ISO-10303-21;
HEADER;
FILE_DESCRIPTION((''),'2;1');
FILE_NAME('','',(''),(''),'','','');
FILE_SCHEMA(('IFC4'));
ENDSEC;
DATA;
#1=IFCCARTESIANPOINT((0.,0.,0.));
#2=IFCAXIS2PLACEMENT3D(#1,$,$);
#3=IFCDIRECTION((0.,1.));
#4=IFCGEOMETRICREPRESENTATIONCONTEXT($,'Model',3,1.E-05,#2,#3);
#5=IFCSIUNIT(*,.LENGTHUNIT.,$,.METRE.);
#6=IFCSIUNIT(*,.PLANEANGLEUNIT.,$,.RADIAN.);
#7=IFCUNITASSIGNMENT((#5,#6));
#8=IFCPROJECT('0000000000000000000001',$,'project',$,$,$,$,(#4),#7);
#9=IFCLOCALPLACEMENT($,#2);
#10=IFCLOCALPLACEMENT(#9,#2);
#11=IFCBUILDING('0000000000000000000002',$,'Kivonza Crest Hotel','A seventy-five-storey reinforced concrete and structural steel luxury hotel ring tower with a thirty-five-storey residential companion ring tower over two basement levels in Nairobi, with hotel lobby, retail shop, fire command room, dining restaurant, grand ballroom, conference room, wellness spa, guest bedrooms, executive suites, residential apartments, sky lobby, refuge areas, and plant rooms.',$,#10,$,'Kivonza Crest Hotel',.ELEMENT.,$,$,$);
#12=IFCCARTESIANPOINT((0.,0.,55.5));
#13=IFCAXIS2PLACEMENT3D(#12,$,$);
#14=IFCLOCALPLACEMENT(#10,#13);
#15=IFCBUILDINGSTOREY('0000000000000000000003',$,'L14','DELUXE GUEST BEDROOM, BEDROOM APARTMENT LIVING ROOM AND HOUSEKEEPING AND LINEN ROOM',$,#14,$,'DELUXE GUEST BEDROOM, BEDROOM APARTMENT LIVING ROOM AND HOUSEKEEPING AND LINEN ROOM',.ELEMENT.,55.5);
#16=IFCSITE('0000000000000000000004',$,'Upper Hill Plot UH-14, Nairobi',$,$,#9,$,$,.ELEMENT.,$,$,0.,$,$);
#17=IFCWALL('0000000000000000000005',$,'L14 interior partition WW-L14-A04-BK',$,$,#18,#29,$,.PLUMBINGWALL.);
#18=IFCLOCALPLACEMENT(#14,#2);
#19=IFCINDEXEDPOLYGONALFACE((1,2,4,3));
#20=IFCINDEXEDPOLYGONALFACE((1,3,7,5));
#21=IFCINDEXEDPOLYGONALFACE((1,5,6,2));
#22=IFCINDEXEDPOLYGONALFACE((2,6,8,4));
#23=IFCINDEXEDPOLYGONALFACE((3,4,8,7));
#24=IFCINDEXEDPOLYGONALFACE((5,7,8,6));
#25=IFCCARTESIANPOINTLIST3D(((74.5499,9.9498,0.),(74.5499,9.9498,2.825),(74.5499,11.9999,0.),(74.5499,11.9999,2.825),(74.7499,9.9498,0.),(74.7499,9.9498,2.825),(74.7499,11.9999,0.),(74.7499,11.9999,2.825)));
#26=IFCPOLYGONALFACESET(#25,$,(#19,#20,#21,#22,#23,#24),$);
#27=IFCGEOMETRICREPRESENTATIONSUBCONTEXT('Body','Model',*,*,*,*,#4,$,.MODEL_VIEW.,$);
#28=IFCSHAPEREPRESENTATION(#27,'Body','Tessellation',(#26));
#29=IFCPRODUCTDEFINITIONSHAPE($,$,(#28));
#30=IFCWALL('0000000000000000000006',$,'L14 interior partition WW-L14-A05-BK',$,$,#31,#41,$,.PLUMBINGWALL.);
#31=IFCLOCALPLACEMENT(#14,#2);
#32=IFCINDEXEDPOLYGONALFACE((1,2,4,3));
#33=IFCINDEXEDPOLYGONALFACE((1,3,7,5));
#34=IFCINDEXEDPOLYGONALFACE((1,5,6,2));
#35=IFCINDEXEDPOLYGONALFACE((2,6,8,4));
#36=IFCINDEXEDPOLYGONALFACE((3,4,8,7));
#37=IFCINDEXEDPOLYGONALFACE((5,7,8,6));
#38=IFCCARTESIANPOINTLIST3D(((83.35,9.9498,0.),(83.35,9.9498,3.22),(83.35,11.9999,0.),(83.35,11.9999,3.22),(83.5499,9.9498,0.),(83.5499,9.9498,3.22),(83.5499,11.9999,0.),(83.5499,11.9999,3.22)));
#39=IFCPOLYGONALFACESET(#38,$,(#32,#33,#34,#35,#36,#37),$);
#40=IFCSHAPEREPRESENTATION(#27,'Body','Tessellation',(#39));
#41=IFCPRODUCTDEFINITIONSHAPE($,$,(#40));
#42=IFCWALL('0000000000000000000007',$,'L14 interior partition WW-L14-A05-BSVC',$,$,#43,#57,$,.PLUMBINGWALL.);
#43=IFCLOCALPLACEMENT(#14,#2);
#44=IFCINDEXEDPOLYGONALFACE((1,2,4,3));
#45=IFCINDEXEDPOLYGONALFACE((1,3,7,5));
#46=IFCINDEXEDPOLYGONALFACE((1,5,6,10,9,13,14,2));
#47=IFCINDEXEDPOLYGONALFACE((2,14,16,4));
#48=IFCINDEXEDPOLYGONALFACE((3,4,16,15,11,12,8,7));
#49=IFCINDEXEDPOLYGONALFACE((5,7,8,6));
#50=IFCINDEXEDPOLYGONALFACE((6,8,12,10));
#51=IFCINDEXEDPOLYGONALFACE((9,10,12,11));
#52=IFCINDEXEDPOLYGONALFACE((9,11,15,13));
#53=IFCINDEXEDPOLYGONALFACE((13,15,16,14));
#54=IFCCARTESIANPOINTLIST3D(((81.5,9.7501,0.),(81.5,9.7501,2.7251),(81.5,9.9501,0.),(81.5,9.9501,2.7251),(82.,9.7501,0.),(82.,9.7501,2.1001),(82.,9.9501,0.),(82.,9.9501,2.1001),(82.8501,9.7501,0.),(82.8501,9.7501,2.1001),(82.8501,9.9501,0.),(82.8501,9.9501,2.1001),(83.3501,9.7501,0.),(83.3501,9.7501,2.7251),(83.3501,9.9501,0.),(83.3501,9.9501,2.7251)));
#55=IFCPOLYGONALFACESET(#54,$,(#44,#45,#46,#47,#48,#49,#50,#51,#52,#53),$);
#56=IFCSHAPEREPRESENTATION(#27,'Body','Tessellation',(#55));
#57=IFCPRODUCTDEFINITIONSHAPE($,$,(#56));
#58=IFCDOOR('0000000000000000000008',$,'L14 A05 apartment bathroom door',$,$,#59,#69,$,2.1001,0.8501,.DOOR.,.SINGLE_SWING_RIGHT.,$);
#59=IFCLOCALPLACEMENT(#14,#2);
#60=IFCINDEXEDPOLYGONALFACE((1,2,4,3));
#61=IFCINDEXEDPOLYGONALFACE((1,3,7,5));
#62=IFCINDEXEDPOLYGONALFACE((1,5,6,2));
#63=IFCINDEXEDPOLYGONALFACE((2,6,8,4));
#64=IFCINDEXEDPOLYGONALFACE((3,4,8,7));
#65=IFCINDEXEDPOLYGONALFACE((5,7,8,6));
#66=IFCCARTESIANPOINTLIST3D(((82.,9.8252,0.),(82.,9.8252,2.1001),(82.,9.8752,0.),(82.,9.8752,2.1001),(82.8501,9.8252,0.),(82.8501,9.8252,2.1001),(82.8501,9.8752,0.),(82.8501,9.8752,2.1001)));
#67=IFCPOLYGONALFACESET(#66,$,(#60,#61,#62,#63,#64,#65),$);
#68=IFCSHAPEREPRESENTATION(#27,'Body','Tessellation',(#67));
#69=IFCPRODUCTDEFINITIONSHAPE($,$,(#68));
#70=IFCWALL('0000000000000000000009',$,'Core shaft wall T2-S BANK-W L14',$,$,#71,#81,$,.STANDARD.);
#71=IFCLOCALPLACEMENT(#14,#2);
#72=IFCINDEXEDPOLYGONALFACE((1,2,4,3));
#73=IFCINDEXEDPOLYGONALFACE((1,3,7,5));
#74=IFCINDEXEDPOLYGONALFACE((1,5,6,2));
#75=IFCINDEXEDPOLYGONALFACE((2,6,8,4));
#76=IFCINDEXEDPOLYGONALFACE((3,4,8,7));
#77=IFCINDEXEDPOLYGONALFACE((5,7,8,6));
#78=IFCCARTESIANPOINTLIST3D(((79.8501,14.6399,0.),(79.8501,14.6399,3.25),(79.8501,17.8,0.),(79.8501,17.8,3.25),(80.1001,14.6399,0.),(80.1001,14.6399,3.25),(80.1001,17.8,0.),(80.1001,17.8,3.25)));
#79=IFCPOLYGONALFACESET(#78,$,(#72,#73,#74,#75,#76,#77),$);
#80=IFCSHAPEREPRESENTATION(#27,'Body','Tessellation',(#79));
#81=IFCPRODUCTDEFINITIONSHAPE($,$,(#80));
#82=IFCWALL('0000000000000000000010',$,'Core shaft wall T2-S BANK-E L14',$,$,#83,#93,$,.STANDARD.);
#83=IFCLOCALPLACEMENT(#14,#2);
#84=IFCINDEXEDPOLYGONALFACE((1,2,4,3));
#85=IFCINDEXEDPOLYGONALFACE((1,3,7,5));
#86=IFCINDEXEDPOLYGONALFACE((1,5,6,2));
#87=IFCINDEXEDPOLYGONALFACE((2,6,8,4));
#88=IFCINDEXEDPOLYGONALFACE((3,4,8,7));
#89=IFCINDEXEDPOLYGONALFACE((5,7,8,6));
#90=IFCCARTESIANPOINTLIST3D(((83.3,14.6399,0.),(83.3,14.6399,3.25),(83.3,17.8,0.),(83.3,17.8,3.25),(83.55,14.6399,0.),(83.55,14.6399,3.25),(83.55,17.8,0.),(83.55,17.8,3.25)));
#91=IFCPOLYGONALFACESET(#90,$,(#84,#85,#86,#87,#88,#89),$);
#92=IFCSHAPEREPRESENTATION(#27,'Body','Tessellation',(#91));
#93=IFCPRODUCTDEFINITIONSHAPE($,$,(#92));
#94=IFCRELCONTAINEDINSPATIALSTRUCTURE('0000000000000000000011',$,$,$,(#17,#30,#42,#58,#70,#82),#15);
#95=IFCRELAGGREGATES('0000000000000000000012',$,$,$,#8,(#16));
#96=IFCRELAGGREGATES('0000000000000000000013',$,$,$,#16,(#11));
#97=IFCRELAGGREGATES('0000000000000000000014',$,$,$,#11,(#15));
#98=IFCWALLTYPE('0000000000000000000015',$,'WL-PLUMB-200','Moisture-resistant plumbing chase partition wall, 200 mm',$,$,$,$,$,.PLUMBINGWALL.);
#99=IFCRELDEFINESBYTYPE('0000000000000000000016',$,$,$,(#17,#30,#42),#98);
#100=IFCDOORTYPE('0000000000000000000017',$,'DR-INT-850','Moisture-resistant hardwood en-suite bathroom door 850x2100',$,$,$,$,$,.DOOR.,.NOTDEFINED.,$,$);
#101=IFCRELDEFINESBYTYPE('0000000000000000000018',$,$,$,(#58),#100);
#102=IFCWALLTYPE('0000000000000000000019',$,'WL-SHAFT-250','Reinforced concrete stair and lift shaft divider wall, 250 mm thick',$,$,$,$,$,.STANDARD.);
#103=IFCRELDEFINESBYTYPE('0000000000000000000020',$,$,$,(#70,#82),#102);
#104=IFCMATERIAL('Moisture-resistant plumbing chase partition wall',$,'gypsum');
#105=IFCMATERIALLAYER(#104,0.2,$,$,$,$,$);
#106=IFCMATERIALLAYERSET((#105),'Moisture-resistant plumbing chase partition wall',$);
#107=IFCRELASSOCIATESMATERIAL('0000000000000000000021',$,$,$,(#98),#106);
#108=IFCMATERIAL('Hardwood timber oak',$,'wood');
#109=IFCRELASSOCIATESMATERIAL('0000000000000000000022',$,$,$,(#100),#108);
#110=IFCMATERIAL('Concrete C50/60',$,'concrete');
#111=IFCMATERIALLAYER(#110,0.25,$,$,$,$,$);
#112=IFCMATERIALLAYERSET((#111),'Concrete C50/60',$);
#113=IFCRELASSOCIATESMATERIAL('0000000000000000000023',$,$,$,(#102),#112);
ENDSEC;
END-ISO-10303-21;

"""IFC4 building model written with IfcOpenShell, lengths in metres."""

from ifc_helpers import new_model, si_unit, direction, frame, frame_2d, origin, place, context, subcontext, project, spatial, rectangle, extrude, material, layer, layer_set, type_object, element, fill, save


model = new_model("IFC4")

# Units and contexts
model_context = context("Model", 3, precision=1e-05, world=origin(), true_north=direction((0.0, 1.0)))
body_context = subcontext(model_context, "Body", "Model", "MODEL_VIEW")
ifc_project = project(units=[si_unit("LENGTHUNIT", "METRE"), si_unit("PLANEANGLEUNIT", "RADIAN")], contexts=[model_context])

# Site, building, storey
site_placement = place(None, origin())
site = spatial("IfcSite", under=ifc_project, at=site_placement, Name="Upper Hill Plot UH-14, Nairobi", CompositionType="ELEMENT", RefElevation=0.0)
building_placement = place(site_placement, origin())
building = spatial("IfcBuilding", under=site, at=building_placement, Name="Kivonza Crest Hotel", Description="A seventy-five-storey reinforced concrete and structural steel luxury hotel ring tower with a thirty-five-storey residential companion ring tower over two basement levels in Nairobi, with hotel lobby, retail shop, fire command room, dining restaurant, grand ballroom, conference room, wellness spa, guest bedrooms, executive suites, residential apartments, sky lobby, refuge areas, and plant rooms.", LongName="Kivonza Crest Hotel", CompositionType="ELEMENT")
storey_placement = place(building_placement, frame((0.0, 0.0, 55.5)))
storey = spatial("IfcBuildingStorey", under=building, at=storey_placement, Name="L14", Description="DELUXE GUEST BEDROOM, BEDROOM APARTMENT LIVING ROOM AND HOUSEKEEPING AND LINEN ROOM", LongName="DELUXE GUEST BEDROOM, BEDROOM APARTMENT LIVING ROOM AND HOUSEKEEPING AND LINEN ROOM", CompositionType="ELEMENT", Elevation=55.5)

# Shared definitions
ifc_material_1 = material(Name="Hardwood timber oak", Category="wood")

# Walls
ifc_material_2 = material(Name="Moisture-resistant plumbing chase partition wall", Category="gypsum")
ifc_layer_1 = layer(ifc_material_2, 0.2)
ifc_layer_set_1 = layer_set([ifc_layer_1], Name="Moisture-resistant plumbing chase partition wall")
wall_type_1 = type_object("IfcWallType", Name="WL-PLUMB-200", Description="Moisture-resistant plumbing chase partition wall, 200 mm", PredefinedType="PLUMBINGWALL", material=ifc_layer_set_1)
wall_1_placement = place(storey_placement, frame((74.6499, 9.95, 0.0), z_axis=(0.0, 0.0, 1.0), x_axis=(0.0, 1.0, 0.0)))
element("IfcWall", 1, at=wall_1_placement, inside=storey, type_object=wall_type_1, Name="L14 interior partition WW-L14-A04-BK", PredefinedType="PLUMBINGWALL", context=body_context, shape_type="SweptSolid", body=[
    extrude(rectangle(XDim=2.05, YDim=0.2, at=frame_2d((1.0249, 0.0))), origin(), (0.0, 0.0, 1.0), 2.825),
])
wall_2_placement = place(storey_placement, frame((83.45, 9.95, 0.0), z_axis=(0.0, 0.0, 1.0), x_axis=(0.0, 1.0, 0.0)))
element("IfcWall", 2, at=wall_2_placement, inside=storey, type_object=wall_type_1, Name="L14 interior partition WW-L14-A05-BK", PredefinedType="PLUMBINGWALL", context=body_context, shape_type="SweptSolid", body=[
    extrude(rectangle(XDim=2.05, YDim=0.2, at=frame_2d((1.0249, 0.0))), origin(), (0.0, 0.0, 1.0), 3.22),
])

# Wall, opening, door
wall_3_placement = place(storey_placement, frame((81.5, 9.8501, 0.0), z_axis=(0.0, 0.0, 1.0), x_axis=(1.0, 0.0, 0.0)))
wall_3 = element("IfcWall", 3, at=wall_3_placement, inside=storey, type_object=wall_type_1, Name="L14 interior partition WW-L14-A05-BSVC", PredefinedType="PLUMBINGWALL", context=body_context, shape_type="SweptSolid", body=[
    extrude(rectangle(XDim=1.8501, YDim=0.2, at=frame_2d((0.925, 0.0))), origin(), (0.0, 0.0, 1.0), 2.7251),
])
opening_1_placement = place(wall_3_placement, frame((0.5, 0.0, 0.0)))
opening_1 = element("IfcOpeningElement", 4, at=opening_1_placement, cuts=wall_3, PredefinedType="OPENING", context=body_context, shape_type="SweptSolid", body=[
    extrude(rectangle(XDim=0.8501, YDim=2.1001, at=frame_2d((0.425, 1.05))), frame((0.0, 0.1099, 0.0), z_axis=(0.0, -1.0, 0.0), x_axis=(1.0, 0.0, 0.0)), (0.0, 0.0, 1.0), 0.22),
])
door_type_1 = type_object("IfcDoorType", Name="DR-INT-850", Description="Moisture-resistant hardwood en-suite bathroom door 850x2100", OperationType="NOTDEFINED", PredefinedType="DOOR", material=ifc_material_1)
door_1_placement = place(opening_1_placement, frame((0.8501, 0.0, 0.0), z_axis=(0.0, 0.0, 1.0), x_axis=(-1.0, 0.0, 0.0)))
door_1 = element("IfcDoor", 5, at=door_1_placement, inside=storey, type_object=door_type_1, Name="L14 A05 apartment bathroom door", OperationType="SINGLE_SWING_RIGHT", OverallHeight=2.1001, OverallWidth=0.8501, PredefinedType="DOOR", context=body_context, shape_type="SweptSolid", body=[
    extrude(rectangle(XDim=0.8501, YDim=2.1001, at=frame_2d((0.425, 1.05))), frame((0.0, 0.0249, 0.0), z_axis=(0.0, -1.0, 0.0), x_axis=(1.0, 0.0, 0.0)), (0.0, 0.0, 1.0), 0.05),
])
fill(opening_1, door_1)
ifc_material_3 = material(Name="Concrete C50/60", Category="concrete")
ifc_layer_2 = layer(ifc_material_3, 0.25)
ifc_layer_set_2 = layer_set([ifc_layer_2], Name="Concrete C50/60")
wall_type_2 = type_object("IfcWallType", Name="WL-SHAFT-250", Description="Reinforced concrete stair and lift shaft divider wall, 250 mm thick", PredefinedType="STANDARD", material=ifc_layer_set_2)

# Walls
for number, where, z_axis, x_axis, name in (
    (6, (79.9751, 14.6399, 0.0), (0.0, 0.0, 1.0), (0.0, 1.0, 0.0), "Core shaft wall T2-S BANK-W L14"),
    (7, (83.425, 14.6399, 0.0), (0.0, 0.0, 1.0), (0.0, 1.0, 0.0), "Core shaft wall T2-S BANK-E L14"),
):
    element("IfcWall", number, at=place(storey_placement, frame(where, z_axis=z_axis, x_axis=x_axis)), inside=storey, type_object=wall_type_2, Name=name, PredefinedType="STANDARD", context=body_context, shape_type="SweptSolid", body=[
        extrude(rectangle(XDim=3.1602, YDim=0.25, at=frame_2d((1.5801, 0.0))), origin(), (0.0, 0.0, 1.0), 3.25),
    ])

save(model, "model.ifc")
